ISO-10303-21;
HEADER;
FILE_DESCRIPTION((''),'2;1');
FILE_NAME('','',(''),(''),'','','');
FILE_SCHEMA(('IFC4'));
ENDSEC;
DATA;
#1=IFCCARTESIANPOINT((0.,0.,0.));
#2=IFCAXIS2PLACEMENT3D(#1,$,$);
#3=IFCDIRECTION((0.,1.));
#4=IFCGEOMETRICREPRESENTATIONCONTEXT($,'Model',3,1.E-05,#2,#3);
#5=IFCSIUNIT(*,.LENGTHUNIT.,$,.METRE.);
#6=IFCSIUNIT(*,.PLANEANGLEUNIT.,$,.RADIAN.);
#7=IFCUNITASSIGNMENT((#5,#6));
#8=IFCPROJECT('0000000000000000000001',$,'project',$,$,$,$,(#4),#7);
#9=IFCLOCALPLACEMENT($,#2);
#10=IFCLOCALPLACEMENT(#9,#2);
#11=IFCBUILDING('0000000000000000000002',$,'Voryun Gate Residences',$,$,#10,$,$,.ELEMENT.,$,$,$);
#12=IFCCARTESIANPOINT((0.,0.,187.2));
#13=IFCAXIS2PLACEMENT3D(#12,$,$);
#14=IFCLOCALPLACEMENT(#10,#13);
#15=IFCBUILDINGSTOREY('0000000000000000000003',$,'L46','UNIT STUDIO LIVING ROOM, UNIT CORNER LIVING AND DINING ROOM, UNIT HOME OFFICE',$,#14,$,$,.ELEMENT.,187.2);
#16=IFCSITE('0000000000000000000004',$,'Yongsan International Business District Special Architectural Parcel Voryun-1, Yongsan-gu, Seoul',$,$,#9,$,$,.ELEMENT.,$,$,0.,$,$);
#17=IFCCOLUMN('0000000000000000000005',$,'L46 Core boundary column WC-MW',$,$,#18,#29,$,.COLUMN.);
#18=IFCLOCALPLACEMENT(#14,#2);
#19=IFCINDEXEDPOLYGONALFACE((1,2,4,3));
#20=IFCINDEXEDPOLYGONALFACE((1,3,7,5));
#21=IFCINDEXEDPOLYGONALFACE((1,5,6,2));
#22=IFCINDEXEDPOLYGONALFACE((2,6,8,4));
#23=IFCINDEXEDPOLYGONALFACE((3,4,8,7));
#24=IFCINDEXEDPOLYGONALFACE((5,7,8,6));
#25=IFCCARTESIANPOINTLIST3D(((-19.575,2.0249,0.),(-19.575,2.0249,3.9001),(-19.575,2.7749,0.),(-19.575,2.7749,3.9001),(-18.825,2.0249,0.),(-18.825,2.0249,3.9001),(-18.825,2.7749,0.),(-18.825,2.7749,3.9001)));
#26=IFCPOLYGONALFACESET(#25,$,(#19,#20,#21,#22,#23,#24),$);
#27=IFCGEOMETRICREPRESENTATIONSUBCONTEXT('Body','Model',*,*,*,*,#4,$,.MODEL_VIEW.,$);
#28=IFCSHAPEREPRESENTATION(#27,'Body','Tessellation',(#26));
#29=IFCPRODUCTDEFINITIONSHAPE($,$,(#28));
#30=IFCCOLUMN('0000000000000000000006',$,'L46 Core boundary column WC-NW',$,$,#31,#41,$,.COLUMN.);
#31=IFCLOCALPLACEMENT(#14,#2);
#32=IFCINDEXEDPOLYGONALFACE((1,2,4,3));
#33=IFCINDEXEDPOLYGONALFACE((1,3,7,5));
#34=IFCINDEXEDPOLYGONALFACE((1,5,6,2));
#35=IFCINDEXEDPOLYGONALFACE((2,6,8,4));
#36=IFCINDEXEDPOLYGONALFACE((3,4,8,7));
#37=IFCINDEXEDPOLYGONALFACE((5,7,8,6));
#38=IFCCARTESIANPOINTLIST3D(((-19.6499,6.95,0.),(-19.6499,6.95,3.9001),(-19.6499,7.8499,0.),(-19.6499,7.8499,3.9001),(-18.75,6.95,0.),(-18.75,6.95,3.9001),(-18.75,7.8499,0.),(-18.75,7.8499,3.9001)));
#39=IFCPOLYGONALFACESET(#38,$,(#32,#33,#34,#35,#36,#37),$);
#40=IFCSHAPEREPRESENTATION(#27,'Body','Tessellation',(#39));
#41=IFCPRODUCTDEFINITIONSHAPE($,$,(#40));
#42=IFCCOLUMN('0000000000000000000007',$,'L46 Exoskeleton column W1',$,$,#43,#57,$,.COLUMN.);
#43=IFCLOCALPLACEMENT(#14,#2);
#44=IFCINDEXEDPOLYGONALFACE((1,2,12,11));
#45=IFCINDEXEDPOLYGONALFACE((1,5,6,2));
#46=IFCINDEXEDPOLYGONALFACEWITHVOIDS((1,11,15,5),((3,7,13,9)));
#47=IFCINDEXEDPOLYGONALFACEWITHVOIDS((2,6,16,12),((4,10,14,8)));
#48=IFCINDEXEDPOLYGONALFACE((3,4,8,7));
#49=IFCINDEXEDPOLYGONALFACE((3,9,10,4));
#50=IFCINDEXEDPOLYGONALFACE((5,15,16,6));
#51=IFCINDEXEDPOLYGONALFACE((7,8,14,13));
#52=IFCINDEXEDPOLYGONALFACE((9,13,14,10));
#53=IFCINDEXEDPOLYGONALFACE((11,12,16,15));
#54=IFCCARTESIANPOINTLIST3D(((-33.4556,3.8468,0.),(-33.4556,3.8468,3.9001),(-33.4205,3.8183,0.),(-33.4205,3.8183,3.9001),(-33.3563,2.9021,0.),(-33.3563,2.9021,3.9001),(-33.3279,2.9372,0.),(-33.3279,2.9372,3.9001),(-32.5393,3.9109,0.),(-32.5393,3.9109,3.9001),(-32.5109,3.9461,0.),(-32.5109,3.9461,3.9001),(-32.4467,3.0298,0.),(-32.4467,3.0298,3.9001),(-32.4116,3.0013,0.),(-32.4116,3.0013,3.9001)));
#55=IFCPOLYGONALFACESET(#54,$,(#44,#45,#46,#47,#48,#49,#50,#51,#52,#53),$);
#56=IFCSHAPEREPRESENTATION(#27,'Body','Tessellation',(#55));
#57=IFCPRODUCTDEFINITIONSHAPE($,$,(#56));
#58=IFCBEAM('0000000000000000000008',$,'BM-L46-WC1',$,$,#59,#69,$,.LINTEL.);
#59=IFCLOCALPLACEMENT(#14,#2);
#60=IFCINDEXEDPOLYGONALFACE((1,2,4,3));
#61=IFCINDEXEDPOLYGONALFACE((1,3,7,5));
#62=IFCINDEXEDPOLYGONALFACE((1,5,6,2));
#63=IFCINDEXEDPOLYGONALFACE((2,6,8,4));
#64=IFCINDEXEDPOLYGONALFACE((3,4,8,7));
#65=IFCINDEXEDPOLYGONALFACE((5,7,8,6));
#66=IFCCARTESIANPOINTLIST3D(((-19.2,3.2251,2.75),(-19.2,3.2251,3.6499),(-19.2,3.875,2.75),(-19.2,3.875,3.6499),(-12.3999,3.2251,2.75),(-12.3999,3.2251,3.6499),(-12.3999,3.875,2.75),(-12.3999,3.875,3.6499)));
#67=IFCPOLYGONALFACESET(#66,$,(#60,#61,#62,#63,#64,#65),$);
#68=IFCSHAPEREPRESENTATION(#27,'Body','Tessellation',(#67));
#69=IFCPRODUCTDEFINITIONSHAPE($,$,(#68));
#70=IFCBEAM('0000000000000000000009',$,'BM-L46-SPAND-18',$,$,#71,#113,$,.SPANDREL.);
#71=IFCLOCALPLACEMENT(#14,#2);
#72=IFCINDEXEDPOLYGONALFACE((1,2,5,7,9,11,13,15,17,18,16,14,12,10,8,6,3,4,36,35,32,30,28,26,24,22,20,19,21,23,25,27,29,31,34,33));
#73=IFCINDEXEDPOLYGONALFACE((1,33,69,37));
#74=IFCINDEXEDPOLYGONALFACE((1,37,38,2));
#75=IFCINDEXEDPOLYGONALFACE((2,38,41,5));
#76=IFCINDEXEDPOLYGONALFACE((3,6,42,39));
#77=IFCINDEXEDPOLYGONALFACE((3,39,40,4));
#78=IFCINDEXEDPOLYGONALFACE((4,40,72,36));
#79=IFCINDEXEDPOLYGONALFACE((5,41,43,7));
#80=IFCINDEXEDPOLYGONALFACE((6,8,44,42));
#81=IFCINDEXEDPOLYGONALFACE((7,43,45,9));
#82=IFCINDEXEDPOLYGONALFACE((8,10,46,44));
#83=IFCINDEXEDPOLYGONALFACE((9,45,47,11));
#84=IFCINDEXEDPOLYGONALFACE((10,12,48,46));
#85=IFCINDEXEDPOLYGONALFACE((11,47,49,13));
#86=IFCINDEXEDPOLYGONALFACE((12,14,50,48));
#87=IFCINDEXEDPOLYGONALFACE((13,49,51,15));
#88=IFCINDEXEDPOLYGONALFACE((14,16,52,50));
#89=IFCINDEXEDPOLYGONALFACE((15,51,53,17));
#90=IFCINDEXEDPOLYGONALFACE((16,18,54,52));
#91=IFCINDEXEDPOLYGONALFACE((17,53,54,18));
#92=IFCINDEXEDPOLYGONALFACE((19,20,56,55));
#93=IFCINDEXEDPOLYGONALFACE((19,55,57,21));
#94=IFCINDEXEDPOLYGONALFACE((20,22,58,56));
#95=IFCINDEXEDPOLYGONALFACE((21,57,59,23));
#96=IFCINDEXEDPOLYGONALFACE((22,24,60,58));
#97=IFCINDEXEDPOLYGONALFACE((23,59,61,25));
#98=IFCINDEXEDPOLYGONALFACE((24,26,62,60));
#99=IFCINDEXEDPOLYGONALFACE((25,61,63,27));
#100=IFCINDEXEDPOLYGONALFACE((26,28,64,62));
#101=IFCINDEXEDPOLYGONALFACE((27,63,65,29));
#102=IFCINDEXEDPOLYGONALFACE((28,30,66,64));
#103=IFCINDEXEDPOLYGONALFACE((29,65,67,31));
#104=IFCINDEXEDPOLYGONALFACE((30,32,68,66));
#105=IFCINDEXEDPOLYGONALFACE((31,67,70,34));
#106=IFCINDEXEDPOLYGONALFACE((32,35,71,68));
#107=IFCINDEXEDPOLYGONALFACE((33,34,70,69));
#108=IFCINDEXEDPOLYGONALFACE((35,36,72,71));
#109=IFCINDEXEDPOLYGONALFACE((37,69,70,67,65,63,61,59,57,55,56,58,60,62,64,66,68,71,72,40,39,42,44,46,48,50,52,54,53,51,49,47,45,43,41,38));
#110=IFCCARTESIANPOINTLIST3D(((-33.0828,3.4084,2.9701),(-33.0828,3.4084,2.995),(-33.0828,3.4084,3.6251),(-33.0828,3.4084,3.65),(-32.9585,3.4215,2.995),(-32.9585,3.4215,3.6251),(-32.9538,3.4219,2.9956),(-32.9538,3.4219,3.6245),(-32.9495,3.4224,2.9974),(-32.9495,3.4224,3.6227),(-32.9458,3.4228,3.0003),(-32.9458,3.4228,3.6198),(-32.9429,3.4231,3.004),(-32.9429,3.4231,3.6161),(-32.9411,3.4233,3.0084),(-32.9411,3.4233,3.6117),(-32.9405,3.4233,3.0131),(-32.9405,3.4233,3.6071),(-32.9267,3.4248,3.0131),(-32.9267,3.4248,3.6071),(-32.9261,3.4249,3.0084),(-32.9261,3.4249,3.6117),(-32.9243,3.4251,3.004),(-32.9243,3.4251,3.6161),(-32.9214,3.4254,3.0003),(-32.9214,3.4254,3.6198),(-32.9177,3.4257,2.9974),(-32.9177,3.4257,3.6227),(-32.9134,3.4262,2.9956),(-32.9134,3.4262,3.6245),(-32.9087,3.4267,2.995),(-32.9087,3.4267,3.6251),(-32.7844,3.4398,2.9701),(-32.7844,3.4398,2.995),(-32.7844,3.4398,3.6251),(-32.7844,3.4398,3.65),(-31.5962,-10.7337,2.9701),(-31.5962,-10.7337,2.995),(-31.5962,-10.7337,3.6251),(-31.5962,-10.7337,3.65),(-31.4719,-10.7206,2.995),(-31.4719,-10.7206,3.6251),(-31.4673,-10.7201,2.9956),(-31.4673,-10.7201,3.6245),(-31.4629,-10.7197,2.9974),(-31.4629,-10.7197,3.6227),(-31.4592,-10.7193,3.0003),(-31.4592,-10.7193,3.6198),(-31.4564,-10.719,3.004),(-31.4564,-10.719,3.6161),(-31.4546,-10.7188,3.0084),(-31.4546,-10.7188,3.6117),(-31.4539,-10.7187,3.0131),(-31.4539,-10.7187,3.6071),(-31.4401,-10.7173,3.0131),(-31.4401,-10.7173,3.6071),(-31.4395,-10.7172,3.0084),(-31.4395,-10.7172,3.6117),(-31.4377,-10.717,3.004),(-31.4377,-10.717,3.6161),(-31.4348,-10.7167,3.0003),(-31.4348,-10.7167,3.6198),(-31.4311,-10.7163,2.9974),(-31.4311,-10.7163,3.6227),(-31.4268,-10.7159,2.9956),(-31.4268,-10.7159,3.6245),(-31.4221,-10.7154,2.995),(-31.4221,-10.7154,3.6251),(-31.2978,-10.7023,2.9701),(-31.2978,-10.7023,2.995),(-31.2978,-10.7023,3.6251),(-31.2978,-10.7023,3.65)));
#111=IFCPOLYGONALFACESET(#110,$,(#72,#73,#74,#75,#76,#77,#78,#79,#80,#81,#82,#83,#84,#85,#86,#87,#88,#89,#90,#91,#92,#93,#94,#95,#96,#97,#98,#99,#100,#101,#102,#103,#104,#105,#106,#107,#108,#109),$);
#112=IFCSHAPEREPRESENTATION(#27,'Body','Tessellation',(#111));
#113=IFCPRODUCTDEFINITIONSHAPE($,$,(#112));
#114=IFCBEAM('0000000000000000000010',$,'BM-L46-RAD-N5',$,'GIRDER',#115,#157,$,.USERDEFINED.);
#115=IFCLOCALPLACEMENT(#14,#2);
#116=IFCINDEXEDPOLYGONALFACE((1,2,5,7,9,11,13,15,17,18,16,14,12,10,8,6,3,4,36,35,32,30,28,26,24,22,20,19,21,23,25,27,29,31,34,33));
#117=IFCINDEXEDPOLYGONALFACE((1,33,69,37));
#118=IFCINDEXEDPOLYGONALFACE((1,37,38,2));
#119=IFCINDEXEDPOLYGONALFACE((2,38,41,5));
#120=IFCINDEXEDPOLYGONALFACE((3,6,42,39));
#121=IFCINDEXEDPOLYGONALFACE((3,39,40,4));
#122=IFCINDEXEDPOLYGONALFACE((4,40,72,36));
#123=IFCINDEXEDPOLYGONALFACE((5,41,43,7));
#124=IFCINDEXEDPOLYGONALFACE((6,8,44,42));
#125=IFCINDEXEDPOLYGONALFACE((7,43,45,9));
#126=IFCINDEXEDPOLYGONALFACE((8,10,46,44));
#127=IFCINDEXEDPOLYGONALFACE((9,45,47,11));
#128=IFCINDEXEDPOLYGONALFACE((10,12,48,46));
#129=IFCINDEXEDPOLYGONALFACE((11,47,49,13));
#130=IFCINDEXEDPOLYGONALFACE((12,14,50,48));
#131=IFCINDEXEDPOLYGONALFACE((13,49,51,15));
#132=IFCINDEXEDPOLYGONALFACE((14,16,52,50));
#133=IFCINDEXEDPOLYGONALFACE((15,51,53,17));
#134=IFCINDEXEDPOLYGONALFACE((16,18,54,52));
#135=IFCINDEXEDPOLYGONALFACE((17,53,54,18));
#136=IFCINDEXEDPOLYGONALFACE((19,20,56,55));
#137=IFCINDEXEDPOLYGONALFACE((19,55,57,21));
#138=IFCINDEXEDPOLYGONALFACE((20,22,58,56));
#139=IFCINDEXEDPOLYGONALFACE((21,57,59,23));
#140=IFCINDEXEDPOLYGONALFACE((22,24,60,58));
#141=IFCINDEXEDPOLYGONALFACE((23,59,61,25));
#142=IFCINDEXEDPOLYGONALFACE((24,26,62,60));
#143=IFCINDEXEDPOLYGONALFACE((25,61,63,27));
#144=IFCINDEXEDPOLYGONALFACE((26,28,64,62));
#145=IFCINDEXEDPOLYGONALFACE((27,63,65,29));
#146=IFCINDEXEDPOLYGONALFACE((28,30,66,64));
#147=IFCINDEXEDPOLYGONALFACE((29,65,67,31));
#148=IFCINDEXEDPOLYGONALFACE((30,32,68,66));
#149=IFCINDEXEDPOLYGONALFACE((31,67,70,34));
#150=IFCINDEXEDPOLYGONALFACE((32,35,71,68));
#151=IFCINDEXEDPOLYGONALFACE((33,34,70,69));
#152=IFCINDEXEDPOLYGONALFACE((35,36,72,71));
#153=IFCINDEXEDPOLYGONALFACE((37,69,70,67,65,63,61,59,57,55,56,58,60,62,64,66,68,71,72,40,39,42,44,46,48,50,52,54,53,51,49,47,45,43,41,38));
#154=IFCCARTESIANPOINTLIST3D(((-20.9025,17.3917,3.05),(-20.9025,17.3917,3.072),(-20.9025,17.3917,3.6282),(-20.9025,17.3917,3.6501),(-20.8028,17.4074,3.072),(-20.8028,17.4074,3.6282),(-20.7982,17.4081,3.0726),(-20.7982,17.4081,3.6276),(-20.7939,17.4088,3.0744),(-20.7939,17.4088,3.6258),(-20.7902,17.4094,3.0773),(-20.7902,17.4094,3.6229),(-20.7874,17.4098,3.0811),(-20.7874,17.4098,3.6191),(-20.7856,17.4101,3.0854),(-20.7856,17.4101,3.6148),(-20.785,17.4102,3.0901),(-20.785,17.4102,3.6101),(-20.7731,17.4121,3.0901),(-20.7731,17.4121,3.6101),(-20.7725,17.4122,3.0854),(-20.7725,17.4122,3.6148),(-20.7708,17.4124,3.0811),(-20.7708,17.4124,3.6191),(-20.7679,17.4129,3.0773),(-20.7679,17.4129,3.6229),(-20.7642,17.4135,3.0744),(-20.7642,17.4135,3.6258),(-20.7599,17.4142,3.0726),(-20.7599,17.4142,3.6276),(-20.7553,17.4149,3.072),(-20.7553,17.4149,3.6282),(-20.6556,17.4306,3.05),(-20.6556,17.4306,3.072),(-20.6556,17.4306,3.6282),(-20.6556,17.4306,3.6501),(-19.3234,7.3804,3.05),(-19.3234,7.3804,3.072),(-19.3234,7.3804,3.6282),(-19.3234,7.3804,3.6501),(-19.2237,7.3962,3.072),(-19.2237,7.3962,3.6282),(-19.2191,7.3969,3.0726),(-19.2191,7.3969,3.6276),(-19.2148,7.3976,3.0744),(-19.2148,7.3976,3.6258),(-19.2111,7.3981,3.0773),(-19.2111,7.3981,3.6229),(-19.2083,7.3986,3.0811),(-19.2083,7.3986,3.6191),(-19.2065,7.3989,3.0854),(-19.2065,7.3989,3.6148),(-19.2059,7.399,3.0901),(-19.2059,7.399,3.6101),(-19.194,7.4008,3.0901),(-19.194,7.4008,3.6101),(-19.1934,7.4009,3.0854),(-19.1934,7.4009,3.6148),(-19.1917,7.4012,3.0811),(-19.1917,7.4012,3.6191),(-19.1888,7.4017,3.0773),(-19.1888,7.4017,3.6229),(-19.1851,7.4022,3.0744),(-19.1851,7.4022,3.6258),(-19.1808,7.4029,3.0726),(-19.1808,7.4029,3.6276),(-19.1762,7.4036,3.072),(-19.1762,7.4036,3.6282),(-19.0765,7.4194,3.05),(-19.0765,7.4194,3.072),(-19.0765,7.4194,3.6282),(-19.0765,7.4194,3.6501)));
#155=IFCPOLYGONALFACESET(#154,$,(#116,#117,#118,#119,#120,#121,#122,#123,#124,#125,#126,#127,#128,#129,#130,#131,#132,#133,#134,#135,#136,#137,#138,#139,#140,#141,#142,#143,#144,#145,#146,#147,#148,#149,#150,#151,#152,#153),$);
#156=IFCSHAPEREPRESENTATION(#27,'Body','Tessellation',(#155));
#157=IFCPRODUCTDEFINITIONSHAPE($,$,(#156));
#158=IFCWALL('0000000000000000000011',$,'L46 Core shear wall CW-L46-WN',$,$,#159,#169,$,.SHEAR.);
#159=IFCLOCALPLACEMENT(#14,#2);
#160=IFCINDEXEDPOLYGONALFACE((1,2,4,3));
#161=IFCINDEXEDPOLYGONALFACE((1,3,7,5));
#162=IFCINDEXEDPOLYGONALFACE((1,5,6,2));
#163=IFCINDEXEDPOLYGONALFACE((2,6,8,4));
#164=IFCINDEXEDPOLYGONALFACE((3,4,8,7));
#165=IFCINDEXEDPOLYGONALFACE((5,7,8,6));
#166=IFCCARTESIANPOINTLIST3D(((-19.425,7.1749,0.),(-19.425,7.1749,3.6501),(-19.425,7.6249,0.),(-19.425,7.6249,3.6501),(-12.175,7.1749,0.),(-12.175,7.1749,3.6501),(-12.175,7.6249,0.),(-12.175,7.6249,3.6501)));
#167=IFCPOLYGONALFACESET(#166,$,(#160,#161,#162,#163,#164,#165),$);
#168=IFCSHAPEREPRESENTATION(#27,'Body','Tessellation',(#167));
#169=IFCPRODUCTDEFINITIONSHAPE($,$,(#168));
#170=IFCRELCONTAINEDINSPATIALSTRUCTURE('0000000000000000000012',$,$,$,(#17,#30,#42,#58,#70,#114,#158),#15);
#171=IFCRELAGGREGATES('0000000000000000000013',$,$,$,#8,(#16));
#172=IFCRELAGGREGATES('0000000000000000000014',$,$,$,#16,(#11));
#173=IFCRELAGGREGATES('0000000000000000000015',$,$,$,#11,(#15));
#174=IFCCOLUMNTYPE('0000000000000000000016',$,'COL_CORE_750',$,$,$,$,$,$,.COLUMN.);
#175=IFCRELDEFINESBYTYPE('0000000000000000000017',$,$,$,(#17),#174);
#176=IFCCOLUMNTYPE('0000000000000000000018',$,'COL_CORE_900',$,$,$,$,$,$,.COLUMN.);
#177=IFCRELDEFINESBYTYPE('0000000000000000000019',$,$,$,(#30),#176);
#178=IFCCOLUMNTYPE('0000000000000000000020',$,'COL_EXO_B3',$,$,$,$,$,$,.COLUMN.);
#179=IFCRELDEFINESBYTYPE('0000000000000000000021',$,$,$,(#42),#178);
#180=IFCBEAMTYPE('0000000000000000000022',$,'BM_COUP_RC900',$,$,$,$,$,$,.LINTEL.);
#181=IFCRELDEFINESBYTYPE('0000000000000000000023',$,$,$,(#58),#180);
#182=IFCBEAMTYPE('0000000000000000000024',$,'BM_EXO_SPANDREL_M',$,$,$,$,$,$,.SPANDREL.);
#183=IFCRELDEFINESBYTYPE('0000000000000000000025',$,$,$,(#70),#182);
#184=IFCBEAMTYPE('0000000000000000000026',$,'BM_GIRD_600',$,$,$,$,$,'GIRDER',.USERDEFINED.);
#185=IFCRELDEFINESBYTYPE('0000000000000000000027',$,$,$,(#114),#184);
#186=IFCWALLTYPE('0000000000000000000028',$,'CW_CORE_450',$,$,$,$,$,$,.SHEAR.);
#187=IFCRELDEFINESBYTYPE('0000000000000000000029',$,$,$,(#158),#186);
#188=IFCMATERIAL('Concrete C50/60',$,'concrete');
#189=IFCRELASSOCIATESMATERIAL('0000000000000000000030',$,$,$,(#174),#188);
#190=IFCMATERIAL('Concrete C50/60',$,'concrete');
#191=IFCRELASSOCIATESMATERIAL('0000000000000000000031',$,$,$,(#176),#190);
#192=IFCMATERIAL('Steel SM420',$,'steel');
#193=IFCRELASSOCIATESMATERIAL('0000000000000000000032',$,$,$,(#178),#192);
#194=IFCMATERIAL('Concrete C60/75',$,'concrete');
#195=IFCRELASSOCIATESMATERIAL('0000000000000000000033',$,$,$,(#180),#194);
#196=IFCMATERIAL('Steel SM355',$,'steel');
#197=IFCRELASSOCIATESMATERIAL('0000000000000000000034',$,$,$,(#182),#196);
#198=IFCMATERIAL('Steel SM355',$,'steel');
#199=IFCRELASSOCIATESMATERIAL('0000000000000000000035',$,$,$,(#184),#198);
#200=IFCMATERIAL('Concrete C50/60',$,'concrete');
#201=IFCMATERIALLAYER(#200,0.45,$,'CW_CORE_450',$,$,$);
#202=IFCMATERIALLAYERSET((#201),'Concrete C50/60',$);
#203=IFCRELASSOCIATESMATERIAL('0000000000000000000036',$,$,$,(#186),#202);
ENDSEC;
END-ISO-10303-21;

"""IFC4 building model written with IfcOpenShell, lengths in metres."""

from ifc_helpers import new_model, si_unit, direction, frame, frame_2d, origin, origin_2d, place, context, subcontext, project, spatial, rectangle, hollow_rectangle, i_section, extrude, material, layer, layer_set, material_profile, profile_set, type_object, element, save


model = new_model("IFC4")

# Units and contexts
model_context = context("Model", 3, precision=1e-05, world=origin(), true_north=direction((0.0, 1.0)))
body_context = subcontext(model_context, "Body", "Model", "MODEL_VIEW")
ifc_project = project(units=[si_unit("LENGTHUNIT", "METRE"), si_unit("PLANEANGLEUNIT", "RADIAN")], contexts=[model_context])

# Site, building, storey
site_placement = place(None, origin())
site = spatial("IfcSite", under=ifc_project, at=site_placement, Name="Yongsan International Business District Special Architectural Parcel Voryun-1, Yongsan-gu, Seoul", CompositionType="ELEMENT", RefElevation=0.0)
building_placement = place(site_placement, origin())
building = spatial("IfcBuilding", under=site, at=building_placement, Name="Voryun Gate Residences", CompositionType="ELEMENT")
storey_placement = place(building_placement, frame((0.0, 0.0, 187.2)))
storey = spatial("IfcBuildingStorey", under=building, at=storey_placement, Name="L46", Description="UNIT STUDIO LIVING ROOM, UNIT CORNER LIVING AND DINING ROOM, UNIT HOME OFFICE", CompositionType="ELEMENT", Elevation=187.2)

# Columns
ifc_material_1 = material(Name="Concrete C50/60", Category="concrete")
ifc_material_profile_1 = material_profile(ifc_material_1, rectangle(XDim=0.75, YDim=0.75, at=origin_2d()), Name="RC-750x750")
ifc_profile_set_1 = profile_set([ifc_material_profile_1], Name="Concrete C50/60")
column_type_1 = type_object("IfcColumnType", Name="COL_CORE_750", PredefinedType="COLUMN", material=ifc_profile_set_1)
column_1_placement = place(storey_placement, frame((-19.2, 2.3999, 0.0), z_axis=(0.0, 0.0, 1.0), x_axis=(1.0, 0.0, 0.0)))
element("IfcColumn", 1, at=column_1_placement, inside=storey, type_object=column_type_1, Name="L46 Core boundary column WC-MW", PredefinedType="COLUMN", context=body_context, shape_type="SweptSolid", body=[
    extrude(rectangle(XDim=0.75, YDim=0.75, at=origin_2d()), origin(), (0.0, 0.0, 1.0), 3.9001),
])
ifc_material_2 = material(Name="Concrete C50/60", Category="concrete")
ifc_material_profile_2 = material_profile(ifc_material_2, rectangle(XDim=0.8999, YDim=0.8999, at=origin_2d()), Name="RC-900x900")
ifc_profile_set_2 = profile_set([ifc_material_profile_2], Name="Concrete C50/60")
column_type_2 = type_object("IfcColumnType", Name="COL_CORE_900", PredefinedType="COLUMN", material=ifc_profile_set_2)
column_2_placement = place(storey_placement, frame((-19.2, 7.3999, 0.0), z_axis=(0.0, 0.0, 1.0), x_axis=(1.0, 0.0, 0.0)))
element("IfcColumn", 2, at=column_2_placement, inside=storey, type_object=column_type_2, Name="L46 Core boundary column WC-NW", PredefinedType="COLUMN", context=body_context, shape_type="SweptSolid", body=[
    extrude(rectangle(XDim=0.8999, YDim=0.8999, at=origin_2d()), origin(), (0.0, 0.0, 1.0), 3.9001),
])
ifc_material_3 = material(Name="Steel SM420", Category="steel")
ifc_material_profile_3 = material_profile(ifc_material_3, hollow_rectangle(XDim=0.95, YDim=0.95, WallThickness=0.032, at=origin_2d()), Name="BOX-950x950x32")
ifc_profile_set_3 = profile_set([ifc_material_profile_3], Name="Steel SM420")
column_type_3 = type_object("IfcColumnType", Name="COL_EXO_B3", PredefinedType="COLUMN", material=ifc_profile_set_3)
column_3_placement = place(storey_placement, frame((-32.9336, 3.4241, 0.0), z_axis=(0.0, 0.0, 1.0), x_axis=(0.994522, 0.104528, 0.0)))
element("IfcColumn", 3, at=column_3_placement, inside=storey, type_object=column_type_3, Name="L46 Exoskeleton column W1", PredefinedType="COLUMN", context=body_context, shape_type="SweptSolid", body=[
    extrude(hollow_rectangle(XDim=0.95, YDim=0.95, WallThickness=0.032, at=origin_2d()), origin(), (0.0, 0.0, 1.0), 3.9001),
])

# Beams
ifc_material_4 = material(Name="Concrete C60/75", Category="concrete")
ifc_material_profile_4 = material_profile(ifc_material_4, rectangle(XDim=0.6499, YDim=0.8999, at=origin_2d()), Name="RC-650x900")
ifc_profile_set_4 = profile_set([ifc_material_profile_4], Name="Concrete C60/75")
beam_type_1 = type_object("IfcBeamType", Name="BM_COUP_RC900", PredefinedType="LINTEL", material=ifc_profile_set_4)
beam_1_placement = place(storey_placement, frame((-19.2, 3.55, 3.2), z_axis=(1.0, 0.0, 0.0), x_axis=(0.0, 1.0, 0.0)))
element("IfcBeam", 4, at=beam_1_placement, inside=storey, type_object=beam_type_1, Name="BM-L46-WC1", PredefinedType="LINTEL", context=body_context, shape_type="SweptSolid", body=[
    extrude(rectangle(XDim=0.6499, YDim=0.8999, at=origin_2d()), origin(), (0.0, 0.0, 1.0), 6.8),
])
ifc_material_5 = material(Name="Steel SM355", Category="steel")
ifc_material_profile_5 = material_profile(ifc_material_5, i_section(OverallWidth=0.3, OverallDepth=0.6799, WebThickness=0.0139, FlangeThickness=0.0249, FilletRadius=0.0181, at=origin_2d()), Name="H-680x300x14x25")
ifc_profile_set_5 = profile_set([ifc_material_profile_5], Name="Steel SM355")
beam_type_2 = type_object("IfcBeamType", Name="BM_EXO_SPANDREL_M", PredefinedType="SPANDREL", material=ifc_profile_set_5)
beam_2_placement = place(storey_placement, frame((-32.9336, 3.4241, 3.3101), z_axis=(0.104541, -0.994521, 0.0), x_axis=(0.994521, 0.104541, 0.0)))
element("IfcBeam", 5, at=beam_2_placement, inside=storey, type_object=beam_type_2, Name="BM-L46-SPAND-18", PredefinedType="SPANDREL", context=body_context, shape_type="SweptSolid", body=[
    extrude(i_section(OverallWidth=0.3, OverallDepth=0.6799, WebThickness=0.0139, FlangeThickness=0.0249, FilletRadius=0.0181, at=origin_2d()), origin(), (0.0, 0.0, 1.0), 14.22),
])
ifc_material_6 = material(Name="Steel SM355", Category="steel")
ifc_material_profile_6 = material_profile(ifc_material_6, i_section(OverallWidth=0.25, OverallDepth=0.6001, WebThickness=0.012, FlangeThickness=0.022, FilletRadius=0.0181, at=origin_2d()), Name="H-600x250x12x22")
ifc_profile_set_6 = profile_set([ifc_material_profile_6], Name="Steel SM355")
beam_type_3 = type_object("IfcBeamType", Name="BM_GIRD_600", ElementType="GIRDER", PredefinedType="USERDEFINED", material=ifc_profile_set_6)
beam_3_placement = place(storey_placement, frame((-19.2, 7.3999, 3.3501), z_axis=(-0.155807, 0.987788, 0.0), x_axis=(-0.987788, -0.155807, 0.0)))
element("IfcBeam", 6, at=beam_3_placement, inside=storey, type_object=beam_type_3, Name="BM-L46-RAD-N5", ObjectType="GIRDER", PredefinedType="USERDEFINED", context=body_context, shape_type="SweptSolid", body=[
    extrude(i_section(OverallWidth=0.25, OverallDepth=0.6001, WebThickness=0.012, FlangeThickness=0.022, FilletRadius=0.0181, at=origin_2d()), origin(), (0.0, 0.0, 1.0), 10.135),
])

# Wall
ifc_material_7 = material(Name="Concrete C50/60", Category="concrete")
ifc_layer_1 = layer(ifc_material_7, 0.45, Name="CW_CORE_450")
ifc_layer_set_1 = layer_set([ifc_layer_1], Name="Concrete C50/60")
wall_type_1 = type_object("IfcWallType", Name="CW_CORE_450", PredefinedType="SHEAR", material=ifc_layer_set_1)
wall_1_placement = place(storey_placement, frame((-19.425, 7.3999, 0.0), z_axis=(0.0, 0.0, 1.0), x_axis=(1.0, 0.0, 0.0)))
element("IfcWall", 7, at=wall_1_placement, inside=storey, type_object=wall_type_1, Name="L46 Core shear wall CW-L46-WN", PredefinedType="SHEAR", context=body_context, shape_type="SweptSolid", body=[
    extrude(rectangle(XDim=7.25, YDim=0.45, at=frame_2d((3.625, 0.0))), origin(), (0.0, 0.0, 1.0), 3.6501),
])

save(model, "model.ifc")
